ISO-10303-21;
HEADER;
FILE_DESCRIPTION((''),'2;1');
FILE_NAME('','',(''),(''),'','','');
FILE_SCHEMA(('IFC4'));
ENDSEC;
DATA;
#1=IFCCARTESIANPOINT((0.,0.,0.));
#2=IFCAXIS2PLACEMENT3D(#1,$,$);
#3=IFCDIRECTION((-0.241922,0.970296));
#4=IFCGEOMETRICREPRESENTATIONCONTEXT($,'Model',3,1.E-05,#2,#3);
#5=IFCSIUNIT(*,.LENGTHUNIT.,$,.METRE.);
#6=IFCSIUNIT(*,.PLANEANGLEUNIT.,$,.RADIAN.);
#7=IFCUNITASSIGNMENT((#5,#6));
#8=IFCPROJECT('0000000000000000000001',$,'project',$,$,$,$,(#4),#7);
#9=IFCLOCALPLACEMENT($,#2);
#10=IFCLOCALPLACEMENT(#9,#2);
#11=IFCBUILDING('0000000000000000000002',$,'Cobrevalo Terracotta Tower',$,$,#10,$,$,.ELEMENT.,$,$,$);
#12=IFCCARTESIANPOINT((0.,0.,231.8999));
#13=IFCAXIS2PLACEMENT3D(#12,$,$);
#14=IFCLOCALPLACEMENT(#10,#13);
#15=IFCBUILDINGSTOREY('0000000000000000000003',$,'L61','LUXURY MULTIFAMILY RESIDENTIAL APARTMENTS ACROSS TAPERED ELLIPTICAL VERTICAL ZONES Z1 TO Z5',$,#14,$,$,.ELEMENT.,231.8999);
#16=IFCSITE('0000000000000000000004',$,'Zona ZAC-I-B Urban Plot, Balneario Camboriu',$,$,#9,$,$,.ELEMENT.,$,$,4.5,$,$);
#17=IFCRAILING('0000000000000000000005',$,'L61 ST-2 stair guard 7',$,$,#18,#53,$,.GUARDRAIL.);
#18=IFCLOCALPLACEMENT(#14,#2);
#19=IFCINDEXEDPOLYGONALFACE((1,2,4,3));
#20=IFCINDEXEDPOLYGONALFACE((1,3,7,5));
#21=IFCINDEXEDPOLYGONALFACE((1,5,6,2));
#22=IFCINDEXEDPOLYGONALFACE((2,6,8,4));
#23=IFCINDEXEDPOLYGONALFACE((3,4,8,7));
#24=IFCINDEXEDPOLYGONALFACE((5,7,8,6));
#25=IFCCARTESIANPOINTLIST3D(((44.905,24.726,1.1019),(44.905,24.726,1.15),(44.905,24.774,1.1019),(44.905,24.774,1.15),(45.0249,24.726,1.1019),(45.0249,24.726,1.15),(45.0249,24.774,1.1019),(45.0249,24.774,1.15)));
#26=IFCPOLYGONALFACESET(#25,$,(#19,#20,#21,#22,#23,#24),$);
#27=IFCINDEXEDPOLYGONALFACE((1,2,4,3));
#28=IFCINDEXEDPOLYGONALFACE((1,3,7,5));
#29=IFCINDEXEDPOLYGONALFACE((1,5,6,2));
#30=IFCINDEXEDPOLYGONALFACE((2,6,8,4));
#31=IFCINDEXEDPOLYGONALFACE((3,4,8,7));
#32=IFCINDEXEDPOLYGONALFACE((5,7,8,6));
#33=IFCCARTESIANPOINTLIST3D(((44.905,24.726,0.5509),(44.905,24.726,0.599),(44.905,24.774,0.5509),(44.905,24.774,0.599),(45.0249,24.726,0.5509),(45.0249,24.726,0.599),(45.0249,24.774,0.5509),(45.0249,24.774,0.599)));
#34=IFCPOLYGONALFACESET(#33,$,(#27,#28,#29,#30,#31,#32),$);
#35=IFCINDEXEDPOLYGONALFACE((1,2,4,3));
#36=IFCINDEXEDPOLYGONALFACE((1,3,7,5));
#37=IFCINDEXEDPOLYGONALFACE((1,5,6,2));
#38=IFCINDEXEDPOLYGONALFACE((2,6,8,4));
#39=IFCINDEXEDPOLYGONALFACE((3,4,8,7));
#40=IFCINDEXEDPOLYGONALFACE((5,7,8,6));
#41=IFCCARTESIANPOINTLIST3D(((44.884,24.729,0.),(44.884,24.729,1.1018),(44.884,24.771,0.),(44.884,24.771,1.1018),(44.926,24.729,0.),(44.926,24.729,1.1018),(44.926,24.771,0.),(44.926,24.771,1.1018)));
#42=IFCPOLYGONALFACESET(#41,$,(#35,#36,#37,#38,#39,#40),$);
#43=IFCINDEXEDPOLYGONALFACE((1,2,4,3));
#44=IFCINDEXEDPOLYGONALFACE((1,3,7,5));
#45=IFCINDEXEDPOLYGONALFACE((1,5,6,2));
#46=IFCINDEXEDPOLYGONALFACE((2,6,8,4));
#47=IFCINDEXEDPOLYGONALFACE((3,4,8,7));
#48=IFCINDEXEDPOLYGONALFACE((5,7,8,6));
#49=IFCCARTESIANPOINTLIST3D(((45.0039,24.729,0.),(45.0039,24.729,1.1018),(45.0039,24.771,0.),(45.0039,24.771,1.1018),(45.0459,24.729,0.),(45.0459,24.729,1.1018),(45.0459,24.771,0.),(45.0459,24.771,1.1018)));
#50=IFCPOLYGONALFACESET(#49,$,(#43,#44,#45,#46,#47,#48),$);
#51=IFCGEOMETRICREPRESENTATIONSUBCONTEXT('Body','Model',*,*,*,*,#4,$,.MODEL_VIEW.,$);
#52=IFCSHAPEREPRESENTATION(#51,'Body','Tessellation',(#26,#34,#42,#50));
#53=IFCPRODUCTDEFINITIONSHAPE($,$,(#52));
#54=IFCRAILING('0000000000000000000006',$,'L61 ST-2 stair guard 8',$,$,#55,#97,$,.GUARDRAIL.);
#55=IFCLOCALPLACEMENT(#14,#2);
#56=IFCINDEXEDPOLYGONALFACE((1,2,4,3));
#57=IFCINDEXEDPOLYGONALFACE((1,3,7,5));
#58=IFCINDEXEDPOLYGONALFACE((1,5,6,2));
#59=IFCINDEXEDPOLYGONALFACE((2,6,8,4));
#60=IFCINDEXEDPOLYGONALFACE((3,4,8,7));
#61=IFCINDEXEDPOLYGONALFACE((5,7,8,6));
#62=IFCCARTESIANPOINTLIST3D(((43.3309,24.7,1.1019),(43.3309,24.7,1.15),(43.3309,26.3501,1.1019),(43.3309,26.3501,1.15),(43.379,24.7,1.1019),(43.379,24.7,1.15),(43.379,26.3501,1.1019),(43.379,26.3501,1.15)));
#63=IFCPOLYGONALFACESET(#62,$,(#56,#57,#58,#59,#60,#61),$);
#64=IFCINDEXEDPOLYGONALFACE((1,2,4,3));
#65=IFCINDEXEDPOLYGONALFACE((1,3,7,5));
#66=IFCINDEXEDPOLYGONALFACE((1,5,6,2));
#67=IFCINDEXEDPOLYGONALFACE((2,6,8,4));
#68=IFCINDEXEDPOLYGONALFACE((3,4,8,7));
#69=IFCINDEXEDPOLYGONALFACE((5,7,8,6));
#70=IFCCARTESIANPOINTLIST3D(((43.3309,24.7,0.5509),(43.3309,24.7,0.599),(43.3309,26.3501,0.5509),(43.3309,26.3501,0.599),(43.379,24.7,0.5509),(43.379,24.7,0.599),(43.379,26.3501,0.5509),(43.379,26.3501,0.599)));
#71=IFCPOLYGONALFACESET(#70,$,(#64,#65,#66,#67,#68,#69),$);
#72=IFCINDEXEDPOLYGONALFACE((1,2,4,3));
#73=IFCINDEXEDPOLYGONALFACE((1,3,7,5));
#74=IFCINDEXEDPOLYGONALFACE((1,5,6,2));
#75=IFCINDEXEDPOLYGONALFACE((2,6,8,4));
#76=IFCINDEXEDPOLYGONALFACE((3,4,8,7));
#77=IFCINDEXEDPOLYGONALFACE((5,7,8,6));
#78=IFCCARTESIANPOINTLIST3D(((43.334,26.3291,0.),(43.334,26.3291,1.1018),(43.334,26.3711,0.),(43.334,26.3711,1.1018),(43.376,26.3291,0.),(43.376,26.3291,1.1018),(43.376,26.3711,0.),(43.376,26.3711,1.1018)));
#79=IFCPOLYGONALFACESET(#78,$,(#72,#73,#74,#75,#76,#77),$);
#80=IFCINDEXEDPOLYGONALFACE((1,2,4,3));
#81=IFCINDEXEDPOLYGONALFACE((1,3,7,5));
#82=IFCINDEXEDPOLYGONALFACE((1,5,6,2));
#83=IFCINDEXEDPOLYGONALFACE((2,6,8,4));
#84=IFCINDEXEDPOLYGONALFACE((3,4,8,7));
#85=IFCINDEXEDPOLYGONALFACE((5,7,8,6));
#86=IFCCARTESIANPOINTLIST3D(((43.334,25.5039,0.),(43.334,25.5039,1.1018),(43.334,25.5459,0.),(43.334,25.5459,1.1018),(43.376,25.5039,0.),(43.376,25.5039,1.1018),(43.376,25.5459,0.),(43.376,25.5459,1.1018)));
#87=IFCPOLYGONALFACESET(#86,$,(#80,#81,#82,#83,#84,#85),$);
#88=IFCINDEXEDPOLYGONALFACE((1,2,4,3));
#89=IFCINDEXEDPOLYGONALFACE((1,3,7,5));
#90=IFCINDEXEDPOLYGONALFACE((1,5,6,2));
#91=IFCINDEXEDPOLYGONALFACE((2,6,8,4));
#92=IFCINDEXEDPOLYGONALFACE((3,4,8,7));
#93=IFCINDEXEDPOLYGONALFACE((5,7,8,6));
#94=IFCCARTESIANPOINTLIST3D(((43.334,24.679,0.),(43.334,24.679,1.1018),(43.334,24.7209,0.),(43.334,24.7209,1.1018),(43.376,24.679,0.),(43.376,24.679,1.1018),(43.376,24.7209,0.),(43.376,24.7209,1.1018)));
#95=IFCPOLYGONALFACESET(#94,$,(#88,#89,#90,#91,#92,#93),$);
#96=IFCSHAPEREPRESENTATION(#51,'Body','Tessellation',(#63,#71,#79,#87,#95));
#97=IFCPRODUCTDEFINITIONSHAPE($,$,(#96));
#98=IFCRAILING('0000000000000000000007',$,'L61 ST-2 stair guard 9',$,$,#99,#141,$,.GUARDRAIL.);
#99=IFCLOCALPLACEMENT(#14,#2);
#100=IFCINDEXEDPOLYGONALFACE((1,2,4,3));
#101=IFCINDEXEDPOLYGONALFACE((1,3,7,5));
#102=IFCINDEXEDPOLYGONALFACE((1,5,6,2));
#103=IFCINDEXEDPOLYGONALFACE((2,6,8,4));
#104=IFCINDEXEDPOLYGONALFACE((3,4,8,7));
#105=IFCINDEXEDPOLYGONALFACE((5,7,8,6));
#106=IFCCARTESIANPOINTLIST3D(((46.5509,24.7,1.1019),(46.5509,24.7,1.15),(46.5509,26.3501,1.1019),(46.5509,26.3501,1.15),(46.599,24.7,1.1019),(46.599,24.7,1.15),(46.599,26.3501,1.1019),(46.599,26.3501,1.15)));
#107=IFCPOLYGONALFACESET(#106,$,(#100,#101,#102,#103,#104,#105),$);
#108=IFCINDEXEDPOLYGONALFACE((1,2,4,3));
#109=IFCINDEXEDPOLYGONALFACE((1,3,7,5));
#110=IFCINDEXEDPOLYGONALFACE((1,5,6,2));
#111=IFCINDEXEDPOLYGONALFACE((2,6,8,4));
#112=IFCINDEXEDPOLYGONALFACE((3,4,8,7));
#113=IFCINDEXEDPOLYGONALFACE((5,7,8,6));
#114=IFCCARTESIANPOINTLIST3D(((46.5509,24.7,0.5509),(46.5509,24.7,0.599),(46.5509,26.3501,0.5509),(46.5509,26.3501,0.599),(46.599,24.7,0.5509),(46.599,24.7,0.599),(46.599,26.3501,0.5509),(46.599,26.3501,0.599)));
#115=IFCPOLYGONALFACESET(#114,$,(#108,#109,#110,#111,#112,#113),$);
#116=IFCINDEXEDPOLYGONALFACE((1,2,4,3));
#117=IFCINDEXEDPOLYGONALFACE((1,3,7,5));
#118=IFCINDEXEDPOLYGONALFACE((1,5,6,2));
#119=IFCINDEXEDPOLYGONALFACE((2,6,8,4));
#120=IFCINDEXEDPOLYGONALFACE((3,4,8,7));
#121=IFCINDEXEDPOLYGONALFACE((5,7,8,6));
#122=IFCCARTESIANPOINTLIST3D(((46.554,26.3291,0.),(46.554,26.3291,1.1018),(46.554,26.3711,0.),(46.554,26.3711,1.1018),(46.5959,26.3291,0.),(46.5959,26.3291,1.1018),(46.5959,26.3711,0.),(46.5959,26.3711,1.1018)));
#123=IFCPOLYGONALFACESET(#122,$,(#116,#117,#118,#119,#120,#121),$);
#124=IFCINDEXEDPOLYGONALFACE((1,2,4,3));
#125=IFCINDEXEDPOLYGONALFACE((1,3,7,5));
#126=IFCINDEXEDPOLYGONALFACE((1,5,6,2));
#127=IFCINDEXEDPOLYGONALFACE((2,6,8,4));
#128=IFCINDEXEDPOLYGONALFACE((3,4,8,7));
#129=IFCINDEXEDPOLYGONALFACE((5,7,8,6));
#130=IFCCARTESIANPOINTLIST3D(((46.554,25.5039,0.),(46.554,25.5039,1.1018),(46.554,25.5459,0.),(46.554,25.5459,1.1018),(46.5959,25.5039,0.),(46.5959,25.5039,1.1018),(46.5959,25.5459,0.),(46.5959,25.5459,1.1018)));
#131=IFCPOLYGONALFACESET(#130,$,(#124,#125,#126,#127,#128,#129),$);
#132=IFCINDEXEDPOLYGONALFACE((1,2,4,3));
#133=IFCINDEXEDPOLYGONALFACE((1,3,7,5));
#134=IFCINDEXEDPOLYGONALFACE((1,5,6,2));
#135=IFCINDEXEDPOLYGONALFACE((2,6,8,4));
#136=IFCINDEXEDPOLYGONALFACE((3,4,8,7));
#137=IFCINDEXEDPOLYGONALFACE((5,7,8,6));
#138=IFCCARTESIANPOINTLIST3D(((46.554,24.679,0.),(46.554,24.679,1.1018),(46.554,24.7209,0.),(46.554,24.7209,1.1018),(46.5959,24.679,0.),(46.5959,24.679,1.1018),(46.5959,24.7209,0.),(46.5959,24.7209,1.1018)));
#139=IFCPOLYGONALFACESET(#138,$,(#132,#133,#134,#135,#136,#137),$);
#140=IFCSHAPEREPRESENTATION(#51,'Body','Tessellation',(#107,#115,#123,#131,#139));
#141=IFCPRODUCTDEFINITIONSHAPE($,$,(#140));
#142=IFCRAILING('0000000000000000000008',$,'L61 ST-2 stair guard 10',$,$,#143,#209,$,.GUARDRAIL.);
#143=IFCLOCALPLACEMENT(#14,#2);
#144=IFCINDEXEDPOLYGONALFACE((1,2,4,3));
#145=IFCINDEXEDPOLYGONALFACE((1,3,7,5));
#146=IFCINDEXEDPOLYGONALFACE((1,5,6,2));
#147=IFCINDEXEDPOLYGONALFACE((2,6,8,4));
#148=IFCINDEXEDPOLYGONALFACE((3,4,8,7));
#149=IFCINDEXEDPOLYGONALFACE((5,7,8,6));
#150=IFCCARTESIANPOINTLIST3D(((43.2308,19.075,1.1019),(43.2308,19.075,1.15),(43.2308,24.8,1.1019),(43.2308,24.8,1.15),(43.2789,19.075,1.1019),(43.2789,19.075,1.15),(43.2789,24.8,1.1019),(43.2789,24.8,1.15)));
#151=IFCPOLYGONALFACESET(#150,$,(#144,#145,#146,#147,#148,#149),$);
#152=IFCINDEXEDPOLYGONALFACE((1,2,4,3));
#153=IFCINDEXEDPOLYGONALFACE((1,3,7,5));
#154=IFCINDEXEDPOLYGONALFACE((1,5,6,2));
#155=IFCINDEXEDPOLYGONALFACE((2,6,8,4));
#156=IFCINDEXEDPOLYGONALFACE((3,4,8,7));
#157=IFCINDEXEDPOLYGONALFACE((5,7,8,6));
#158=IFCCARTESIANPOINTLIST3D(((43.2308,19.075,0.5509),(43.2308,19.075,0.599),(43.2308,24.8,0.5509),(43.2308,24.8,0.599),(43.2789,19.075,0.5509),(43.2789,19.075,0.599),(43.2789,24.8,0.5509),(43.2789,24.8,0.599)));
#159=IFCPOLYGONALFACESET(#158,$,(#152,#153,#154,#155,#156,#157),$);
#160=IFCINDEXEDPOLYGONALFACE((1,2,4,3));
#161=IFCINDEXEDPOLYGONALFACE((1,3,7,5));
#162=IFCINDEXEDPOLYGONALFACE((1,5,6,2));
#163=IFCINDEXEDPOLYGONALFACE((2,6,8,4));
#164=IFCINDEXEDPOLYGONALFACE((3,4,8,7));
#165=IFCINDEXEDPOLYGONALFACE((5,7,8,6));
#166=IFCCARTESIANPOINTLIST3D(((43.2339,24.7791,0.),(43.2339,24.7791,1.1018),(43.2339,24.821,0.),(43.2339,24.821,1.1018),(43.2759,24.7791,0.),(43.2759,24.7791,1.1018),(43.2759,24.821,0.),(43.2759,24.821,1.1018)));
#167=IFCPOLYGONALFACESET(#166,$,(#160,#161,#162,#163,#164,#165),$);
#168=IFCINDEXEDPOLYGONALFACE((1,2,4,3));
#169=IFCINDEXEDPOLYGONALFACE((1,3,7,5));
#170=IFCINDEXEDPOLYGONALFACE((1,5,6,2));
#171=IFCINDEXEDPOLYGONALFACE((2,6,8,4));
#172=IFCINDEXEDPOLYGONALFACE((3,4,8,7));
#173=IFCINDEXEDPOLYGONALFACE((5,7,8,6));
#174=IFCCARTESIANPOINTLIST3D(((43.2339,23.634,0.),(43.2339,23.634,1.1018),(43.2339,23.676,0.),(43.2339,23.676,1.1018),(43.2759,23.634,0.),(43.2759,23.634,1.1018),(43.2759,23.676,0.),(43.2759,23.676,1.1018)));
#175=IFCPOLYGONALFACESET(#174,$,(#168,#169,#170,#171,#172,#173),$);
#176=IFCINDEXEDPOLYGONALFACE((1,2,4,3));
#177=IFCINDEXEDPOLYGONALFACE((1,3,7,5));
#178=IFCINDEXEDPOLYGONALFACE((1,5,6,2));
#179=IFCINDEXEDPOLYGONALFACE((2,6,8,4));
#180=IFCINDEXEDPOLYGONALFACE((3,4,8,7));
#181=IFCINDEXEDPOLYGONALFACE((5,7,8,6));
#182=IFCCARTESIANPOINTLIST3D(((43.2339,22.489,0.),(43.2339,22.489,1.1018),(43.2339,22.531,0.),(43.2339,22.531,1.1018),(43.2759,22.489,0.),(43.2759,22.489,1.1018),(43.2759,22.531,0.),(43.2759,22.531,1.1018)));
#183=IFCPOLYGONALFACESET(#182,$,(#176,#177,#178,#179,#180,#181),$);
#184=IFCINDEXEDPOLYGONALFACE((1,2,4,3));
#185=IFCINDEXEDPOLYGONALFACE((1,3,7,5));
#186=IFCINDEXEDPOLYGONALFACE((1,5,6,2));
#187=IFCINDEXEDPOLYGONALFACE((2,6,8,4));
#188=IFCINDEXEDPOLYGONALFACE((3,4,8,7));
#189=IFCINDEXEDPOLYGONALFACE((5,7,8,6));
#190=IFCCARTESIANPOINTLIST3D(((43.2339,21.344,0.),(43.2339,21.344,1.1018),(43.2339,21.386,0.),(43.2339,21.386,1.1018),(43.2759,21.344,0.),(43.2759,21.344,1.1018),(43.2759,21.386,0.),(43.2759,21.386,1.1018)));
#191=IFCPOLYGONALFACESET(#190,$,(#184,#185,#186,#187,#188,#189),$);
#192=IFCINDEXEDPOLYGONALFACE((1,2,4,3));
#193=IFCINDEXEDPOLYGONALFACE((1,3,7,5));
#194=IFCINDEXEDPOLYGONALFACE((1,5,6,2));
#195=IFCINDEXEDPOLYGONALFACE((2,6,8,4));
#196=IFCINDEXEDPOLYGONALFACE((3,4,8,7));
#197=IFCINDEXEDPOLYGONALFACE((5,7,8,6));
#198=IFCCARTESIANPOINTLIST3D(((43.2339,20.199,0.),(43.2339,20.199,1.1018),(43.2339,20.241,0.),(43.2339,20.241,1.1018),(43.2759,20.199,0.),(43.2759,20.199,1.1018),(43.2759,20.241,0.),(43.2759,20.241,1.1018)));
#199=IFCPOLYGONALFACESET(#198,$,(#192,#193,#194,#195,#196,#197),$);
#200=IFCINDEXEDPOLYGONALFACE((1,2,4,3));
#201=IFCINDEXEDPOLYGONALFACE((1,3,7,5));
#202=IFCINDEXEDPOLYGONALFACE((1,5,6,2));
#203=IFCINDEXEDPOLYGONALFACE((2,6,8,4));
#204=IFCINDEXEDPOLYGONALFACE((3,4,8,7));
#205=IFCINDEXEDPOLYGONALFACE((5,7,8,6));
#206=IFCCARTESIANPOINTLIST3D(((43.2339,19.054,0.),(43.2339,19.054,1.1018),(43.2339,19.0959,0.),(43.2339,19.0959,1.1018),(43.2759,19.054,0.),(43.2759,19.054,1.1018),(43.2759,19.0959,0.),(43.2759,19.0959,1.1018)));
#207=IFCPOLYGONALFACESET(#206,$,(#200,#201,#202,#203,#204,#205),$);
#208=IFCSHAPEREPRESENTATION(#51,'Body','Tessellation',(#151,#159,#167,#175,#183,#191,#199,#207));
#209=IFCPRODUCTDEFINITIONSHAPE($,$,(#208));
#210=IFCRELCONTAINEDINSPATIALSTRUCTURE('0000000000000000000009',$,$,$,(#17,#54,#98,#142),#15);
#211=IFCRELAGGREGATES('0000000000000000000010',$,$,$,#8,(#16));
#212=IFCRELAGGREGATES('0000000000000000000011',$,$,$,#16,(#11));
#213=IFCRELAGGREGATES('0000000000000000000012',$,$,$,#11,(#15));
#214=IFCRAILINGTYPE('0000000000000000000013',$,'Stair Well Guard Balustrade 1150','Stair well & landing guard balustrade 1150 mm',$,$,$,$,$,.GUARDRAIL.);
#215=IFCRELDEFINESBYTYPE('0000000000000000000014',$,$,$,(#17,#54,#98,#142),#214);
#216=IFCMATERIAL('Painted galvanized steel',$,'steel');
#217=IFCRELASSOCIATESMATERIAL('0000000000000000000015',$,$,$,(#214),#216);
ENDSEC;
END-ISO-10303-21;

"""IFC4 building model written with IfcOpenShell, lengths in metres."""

from ifc_helpers import new_model, si_unit, direction, frame, origin, origin_2d, place, context, subcontext, project, spatial, rectangle, extrude, material, type_object, element, save


model = new_model("IFC4")

# Units and contexts
model_context = context("Model", 3, precision=1e-05, world=origin(), true_north=direction((-0.241922, 0.970296)))
body_context = subcontext(model_context, "Body", "Model", "MODEL_VIEW")
ifc_project = project(units=[si_unit("LENGTHUNIT", "METRE"), si_unit("PLANEANGLEUNIT", "RADIAN")], contexts=[model_context])

# Site, building, storey
site_placement = place(None, origin())
site = spatial("IfcSite", under=ifc_project, at=site_placement, Name="Zona ZAC-I-B Urban Plot, Balneario Camboriu", CompositionType="ELEMENT", RefElevation=4.5)
building_placement = place(site_placement, origin())
building = spatial("IfcBuilding", under=site, at=building_placement, Name="Cobrevalo Terracotta Tower", CompositionType="ELEMENT")
storey_placement = place(building_placement, frame((0.0, 0.0, 231.8999)))
storey = spatial("IfcBuildingStorey", under=building, at=storey_placement, Name="L61", Description="LUXURY MULTIFAMILY RESIDENTIAL APARTMENTS ACROSS TAPERED ELLIPTICAL VERTICAL ZONES Z1 TO Z5", CompositionType="ELEMENT", Elevation=231.8999)

# Railings
ifc_material_1 = material(Name="Painted galvanized steel", Category="steel")
railing_type = type_object("IfcRailingType", Name="Stair Well Guard Balustrade 1150", Description="Stair well & landing guard balustrade 1150 mm", PredefinedType="GUARDRAIL", material=ifc_material_1)
railing_1_placement = place(storey_placement, frame((44.905, 24.75, 0.0)))
element("IfcRailing", 1, at=railing_1_placement, inside=storey, type_object=railing_type, Name="L61 ST-2 stair guard 7", PredefinedType="GUARDRAIL", context=body_context, shape_type="SweptSolid", body=[
    extrude(rectangle(XDim=0.0481, YDim=0.0481, at=origin_2d()), frame((0.0, 0.0, 1.126), z_axis=(1.0, 0.0, 0.0), x_axis=(0.0, 1.0, 0.0)), (0.0, 0.0, 1.0), 0.1199),
    extrude(rectangle(XDim=0.0481, YDim=0.0481, at=origin_2d()), frame((0.0, 0.0, 0.575), z_axis=(1.0, 0.0, 0.0), x_axis=(0.0, 1.0, 0.0)), (0.0, 0.0, 1.0), 0.1199),
    extrude(rectangle(XDim=0.042, YDim=0.042, at=origin_2d()), origin(), (0.0, 0.0, 1.0), 1.1018),
    extrude(rectangle(XDim=0.042, YDim=0.042, at=origin_2d()), frame((0.1199, 0.0, 0.0)), (0.0, 0.0, 1.0), 1.1018),
])
for number, where, name in (
    (2, (43.355, 26.3501, 0.0), "L61 ST-2 stair guard 8"),
    (3, (46.575, 26.3501, 0.0), "L61 ST-2 stair guard 9"),
):
    element("IfcRailing", number, at=place(storey_placement, frame(where)), inside=storey, type_object=railing_type, Name=name, PredefinedType="GUARDRAIL", context=body_context, shape_type="SweptSolid", body=[
        extrude(rectangle(XDim=0.0481, YDim=0.0481, at=origin_2d()), frame((0.0, 0.0, 1.126), z_axis=(0.0, -1.0, 0.0), x_axis=(1.0, 0.0, 0.0)), (0.0, 0.0, 1.0), 1.6501),
        extrude(rectangle(XDim=0.0481, YDim=0.0481, at=origin_2d()), frame((0.0, 0.0, 0.575), z_axis=(0.0, -1.0, 0.0), x_axis=(1.0, 0.0, 0.0)), (0.0, 0.0, 1.0), 1.6501),
        extrude(rectangle(XDim=0.042, YDim=0.042, at=origin_2d()), origin(), (0.0, 0.0, 1.0), 1.1018),
        extrude(rectangle(XDim=0.042, YDim=0.042, at=origin_2d()), frame((0.0, -0.8252, 0.0)), (0.0, 0.0, 1.0), 1.1018),
        extrude(rectangle(XDim=0.042, YDim=0.042, at=origin_2d()), frame((0.0, -1.6501, 0.0)), (0.0, 0.0, 1.0), 1.1018),
    ])
for number, where, name in (
    (4, (43.2549, 24.8, 0.0), "L61 ST-2 stair guard 10"),
):
    element("IfcRailing", number, at=place(storey_placement, frame(where)), inside=storey, type_object=railing_type, Name=name, PredefinedType="GUARDRAIL", context=body_context, shape_type="SweptSolid", body=[
        extrude(rectangle(XDim=0.0481, YDim=0.0481, at=origin_2d()), frame((0.0, 0.0, 1.126), z_axis=(0.0, -1.0, 0.0), x_axis=(1.0, 0.0, 0.0)), (0.0, 0.0, 1.0), 5.7251),
        extrude(rectangle(XDim=0.0481, YDim=0.0481, at=origin_2d()), frame((0.0, 0.0, 0.575), z_axis=(0.0, -1.0, 0.0), x_axis=(1.0, 0.0, 0.0)), (0.0, 0.0, 1.0), 5.7251),
        extrude(rectangle(XDim=0.042, YDim=0.042, at=origin_2d()), origin(), (0.0, 0.0, 1.0), 1.1018),
        extrude(rectangle(XDim=0.042, YDim=0.042, at=origin_2d()), frame((0.0, -1.145, 0.0)), (0.0, 0.0, 1.0), 1.1018),
        extrude(rectangle(XDim=0.042, YDim=0.042, at=origin_2d()), frame((0.0, -2.29, 0.0)), (0.0, 0.0, 1.0), 1.1018),
        extrude(rectangle(XDim=0.042, YDim=0.042, at=origin_2d()), frame((0.0, -3.4351, 0.0)), (0.0, 0.0, 1.0), 1.1018),
        extrude(rectangle(XDim=0.042, YDim=0.042, at=origin_2d()), frame((0.0, -4.5801, 0.0)), (0.0, 0.0, 1.0), 1.1018),
        extrude(rectangle(XDim=0.042, YDim=0.042, at=origin_2d()), frame((0.0, -5.7251, 0.0)), (0.0, 0.0, 1.0), 1.1018),
    ])

save(model, "model.ifc")
